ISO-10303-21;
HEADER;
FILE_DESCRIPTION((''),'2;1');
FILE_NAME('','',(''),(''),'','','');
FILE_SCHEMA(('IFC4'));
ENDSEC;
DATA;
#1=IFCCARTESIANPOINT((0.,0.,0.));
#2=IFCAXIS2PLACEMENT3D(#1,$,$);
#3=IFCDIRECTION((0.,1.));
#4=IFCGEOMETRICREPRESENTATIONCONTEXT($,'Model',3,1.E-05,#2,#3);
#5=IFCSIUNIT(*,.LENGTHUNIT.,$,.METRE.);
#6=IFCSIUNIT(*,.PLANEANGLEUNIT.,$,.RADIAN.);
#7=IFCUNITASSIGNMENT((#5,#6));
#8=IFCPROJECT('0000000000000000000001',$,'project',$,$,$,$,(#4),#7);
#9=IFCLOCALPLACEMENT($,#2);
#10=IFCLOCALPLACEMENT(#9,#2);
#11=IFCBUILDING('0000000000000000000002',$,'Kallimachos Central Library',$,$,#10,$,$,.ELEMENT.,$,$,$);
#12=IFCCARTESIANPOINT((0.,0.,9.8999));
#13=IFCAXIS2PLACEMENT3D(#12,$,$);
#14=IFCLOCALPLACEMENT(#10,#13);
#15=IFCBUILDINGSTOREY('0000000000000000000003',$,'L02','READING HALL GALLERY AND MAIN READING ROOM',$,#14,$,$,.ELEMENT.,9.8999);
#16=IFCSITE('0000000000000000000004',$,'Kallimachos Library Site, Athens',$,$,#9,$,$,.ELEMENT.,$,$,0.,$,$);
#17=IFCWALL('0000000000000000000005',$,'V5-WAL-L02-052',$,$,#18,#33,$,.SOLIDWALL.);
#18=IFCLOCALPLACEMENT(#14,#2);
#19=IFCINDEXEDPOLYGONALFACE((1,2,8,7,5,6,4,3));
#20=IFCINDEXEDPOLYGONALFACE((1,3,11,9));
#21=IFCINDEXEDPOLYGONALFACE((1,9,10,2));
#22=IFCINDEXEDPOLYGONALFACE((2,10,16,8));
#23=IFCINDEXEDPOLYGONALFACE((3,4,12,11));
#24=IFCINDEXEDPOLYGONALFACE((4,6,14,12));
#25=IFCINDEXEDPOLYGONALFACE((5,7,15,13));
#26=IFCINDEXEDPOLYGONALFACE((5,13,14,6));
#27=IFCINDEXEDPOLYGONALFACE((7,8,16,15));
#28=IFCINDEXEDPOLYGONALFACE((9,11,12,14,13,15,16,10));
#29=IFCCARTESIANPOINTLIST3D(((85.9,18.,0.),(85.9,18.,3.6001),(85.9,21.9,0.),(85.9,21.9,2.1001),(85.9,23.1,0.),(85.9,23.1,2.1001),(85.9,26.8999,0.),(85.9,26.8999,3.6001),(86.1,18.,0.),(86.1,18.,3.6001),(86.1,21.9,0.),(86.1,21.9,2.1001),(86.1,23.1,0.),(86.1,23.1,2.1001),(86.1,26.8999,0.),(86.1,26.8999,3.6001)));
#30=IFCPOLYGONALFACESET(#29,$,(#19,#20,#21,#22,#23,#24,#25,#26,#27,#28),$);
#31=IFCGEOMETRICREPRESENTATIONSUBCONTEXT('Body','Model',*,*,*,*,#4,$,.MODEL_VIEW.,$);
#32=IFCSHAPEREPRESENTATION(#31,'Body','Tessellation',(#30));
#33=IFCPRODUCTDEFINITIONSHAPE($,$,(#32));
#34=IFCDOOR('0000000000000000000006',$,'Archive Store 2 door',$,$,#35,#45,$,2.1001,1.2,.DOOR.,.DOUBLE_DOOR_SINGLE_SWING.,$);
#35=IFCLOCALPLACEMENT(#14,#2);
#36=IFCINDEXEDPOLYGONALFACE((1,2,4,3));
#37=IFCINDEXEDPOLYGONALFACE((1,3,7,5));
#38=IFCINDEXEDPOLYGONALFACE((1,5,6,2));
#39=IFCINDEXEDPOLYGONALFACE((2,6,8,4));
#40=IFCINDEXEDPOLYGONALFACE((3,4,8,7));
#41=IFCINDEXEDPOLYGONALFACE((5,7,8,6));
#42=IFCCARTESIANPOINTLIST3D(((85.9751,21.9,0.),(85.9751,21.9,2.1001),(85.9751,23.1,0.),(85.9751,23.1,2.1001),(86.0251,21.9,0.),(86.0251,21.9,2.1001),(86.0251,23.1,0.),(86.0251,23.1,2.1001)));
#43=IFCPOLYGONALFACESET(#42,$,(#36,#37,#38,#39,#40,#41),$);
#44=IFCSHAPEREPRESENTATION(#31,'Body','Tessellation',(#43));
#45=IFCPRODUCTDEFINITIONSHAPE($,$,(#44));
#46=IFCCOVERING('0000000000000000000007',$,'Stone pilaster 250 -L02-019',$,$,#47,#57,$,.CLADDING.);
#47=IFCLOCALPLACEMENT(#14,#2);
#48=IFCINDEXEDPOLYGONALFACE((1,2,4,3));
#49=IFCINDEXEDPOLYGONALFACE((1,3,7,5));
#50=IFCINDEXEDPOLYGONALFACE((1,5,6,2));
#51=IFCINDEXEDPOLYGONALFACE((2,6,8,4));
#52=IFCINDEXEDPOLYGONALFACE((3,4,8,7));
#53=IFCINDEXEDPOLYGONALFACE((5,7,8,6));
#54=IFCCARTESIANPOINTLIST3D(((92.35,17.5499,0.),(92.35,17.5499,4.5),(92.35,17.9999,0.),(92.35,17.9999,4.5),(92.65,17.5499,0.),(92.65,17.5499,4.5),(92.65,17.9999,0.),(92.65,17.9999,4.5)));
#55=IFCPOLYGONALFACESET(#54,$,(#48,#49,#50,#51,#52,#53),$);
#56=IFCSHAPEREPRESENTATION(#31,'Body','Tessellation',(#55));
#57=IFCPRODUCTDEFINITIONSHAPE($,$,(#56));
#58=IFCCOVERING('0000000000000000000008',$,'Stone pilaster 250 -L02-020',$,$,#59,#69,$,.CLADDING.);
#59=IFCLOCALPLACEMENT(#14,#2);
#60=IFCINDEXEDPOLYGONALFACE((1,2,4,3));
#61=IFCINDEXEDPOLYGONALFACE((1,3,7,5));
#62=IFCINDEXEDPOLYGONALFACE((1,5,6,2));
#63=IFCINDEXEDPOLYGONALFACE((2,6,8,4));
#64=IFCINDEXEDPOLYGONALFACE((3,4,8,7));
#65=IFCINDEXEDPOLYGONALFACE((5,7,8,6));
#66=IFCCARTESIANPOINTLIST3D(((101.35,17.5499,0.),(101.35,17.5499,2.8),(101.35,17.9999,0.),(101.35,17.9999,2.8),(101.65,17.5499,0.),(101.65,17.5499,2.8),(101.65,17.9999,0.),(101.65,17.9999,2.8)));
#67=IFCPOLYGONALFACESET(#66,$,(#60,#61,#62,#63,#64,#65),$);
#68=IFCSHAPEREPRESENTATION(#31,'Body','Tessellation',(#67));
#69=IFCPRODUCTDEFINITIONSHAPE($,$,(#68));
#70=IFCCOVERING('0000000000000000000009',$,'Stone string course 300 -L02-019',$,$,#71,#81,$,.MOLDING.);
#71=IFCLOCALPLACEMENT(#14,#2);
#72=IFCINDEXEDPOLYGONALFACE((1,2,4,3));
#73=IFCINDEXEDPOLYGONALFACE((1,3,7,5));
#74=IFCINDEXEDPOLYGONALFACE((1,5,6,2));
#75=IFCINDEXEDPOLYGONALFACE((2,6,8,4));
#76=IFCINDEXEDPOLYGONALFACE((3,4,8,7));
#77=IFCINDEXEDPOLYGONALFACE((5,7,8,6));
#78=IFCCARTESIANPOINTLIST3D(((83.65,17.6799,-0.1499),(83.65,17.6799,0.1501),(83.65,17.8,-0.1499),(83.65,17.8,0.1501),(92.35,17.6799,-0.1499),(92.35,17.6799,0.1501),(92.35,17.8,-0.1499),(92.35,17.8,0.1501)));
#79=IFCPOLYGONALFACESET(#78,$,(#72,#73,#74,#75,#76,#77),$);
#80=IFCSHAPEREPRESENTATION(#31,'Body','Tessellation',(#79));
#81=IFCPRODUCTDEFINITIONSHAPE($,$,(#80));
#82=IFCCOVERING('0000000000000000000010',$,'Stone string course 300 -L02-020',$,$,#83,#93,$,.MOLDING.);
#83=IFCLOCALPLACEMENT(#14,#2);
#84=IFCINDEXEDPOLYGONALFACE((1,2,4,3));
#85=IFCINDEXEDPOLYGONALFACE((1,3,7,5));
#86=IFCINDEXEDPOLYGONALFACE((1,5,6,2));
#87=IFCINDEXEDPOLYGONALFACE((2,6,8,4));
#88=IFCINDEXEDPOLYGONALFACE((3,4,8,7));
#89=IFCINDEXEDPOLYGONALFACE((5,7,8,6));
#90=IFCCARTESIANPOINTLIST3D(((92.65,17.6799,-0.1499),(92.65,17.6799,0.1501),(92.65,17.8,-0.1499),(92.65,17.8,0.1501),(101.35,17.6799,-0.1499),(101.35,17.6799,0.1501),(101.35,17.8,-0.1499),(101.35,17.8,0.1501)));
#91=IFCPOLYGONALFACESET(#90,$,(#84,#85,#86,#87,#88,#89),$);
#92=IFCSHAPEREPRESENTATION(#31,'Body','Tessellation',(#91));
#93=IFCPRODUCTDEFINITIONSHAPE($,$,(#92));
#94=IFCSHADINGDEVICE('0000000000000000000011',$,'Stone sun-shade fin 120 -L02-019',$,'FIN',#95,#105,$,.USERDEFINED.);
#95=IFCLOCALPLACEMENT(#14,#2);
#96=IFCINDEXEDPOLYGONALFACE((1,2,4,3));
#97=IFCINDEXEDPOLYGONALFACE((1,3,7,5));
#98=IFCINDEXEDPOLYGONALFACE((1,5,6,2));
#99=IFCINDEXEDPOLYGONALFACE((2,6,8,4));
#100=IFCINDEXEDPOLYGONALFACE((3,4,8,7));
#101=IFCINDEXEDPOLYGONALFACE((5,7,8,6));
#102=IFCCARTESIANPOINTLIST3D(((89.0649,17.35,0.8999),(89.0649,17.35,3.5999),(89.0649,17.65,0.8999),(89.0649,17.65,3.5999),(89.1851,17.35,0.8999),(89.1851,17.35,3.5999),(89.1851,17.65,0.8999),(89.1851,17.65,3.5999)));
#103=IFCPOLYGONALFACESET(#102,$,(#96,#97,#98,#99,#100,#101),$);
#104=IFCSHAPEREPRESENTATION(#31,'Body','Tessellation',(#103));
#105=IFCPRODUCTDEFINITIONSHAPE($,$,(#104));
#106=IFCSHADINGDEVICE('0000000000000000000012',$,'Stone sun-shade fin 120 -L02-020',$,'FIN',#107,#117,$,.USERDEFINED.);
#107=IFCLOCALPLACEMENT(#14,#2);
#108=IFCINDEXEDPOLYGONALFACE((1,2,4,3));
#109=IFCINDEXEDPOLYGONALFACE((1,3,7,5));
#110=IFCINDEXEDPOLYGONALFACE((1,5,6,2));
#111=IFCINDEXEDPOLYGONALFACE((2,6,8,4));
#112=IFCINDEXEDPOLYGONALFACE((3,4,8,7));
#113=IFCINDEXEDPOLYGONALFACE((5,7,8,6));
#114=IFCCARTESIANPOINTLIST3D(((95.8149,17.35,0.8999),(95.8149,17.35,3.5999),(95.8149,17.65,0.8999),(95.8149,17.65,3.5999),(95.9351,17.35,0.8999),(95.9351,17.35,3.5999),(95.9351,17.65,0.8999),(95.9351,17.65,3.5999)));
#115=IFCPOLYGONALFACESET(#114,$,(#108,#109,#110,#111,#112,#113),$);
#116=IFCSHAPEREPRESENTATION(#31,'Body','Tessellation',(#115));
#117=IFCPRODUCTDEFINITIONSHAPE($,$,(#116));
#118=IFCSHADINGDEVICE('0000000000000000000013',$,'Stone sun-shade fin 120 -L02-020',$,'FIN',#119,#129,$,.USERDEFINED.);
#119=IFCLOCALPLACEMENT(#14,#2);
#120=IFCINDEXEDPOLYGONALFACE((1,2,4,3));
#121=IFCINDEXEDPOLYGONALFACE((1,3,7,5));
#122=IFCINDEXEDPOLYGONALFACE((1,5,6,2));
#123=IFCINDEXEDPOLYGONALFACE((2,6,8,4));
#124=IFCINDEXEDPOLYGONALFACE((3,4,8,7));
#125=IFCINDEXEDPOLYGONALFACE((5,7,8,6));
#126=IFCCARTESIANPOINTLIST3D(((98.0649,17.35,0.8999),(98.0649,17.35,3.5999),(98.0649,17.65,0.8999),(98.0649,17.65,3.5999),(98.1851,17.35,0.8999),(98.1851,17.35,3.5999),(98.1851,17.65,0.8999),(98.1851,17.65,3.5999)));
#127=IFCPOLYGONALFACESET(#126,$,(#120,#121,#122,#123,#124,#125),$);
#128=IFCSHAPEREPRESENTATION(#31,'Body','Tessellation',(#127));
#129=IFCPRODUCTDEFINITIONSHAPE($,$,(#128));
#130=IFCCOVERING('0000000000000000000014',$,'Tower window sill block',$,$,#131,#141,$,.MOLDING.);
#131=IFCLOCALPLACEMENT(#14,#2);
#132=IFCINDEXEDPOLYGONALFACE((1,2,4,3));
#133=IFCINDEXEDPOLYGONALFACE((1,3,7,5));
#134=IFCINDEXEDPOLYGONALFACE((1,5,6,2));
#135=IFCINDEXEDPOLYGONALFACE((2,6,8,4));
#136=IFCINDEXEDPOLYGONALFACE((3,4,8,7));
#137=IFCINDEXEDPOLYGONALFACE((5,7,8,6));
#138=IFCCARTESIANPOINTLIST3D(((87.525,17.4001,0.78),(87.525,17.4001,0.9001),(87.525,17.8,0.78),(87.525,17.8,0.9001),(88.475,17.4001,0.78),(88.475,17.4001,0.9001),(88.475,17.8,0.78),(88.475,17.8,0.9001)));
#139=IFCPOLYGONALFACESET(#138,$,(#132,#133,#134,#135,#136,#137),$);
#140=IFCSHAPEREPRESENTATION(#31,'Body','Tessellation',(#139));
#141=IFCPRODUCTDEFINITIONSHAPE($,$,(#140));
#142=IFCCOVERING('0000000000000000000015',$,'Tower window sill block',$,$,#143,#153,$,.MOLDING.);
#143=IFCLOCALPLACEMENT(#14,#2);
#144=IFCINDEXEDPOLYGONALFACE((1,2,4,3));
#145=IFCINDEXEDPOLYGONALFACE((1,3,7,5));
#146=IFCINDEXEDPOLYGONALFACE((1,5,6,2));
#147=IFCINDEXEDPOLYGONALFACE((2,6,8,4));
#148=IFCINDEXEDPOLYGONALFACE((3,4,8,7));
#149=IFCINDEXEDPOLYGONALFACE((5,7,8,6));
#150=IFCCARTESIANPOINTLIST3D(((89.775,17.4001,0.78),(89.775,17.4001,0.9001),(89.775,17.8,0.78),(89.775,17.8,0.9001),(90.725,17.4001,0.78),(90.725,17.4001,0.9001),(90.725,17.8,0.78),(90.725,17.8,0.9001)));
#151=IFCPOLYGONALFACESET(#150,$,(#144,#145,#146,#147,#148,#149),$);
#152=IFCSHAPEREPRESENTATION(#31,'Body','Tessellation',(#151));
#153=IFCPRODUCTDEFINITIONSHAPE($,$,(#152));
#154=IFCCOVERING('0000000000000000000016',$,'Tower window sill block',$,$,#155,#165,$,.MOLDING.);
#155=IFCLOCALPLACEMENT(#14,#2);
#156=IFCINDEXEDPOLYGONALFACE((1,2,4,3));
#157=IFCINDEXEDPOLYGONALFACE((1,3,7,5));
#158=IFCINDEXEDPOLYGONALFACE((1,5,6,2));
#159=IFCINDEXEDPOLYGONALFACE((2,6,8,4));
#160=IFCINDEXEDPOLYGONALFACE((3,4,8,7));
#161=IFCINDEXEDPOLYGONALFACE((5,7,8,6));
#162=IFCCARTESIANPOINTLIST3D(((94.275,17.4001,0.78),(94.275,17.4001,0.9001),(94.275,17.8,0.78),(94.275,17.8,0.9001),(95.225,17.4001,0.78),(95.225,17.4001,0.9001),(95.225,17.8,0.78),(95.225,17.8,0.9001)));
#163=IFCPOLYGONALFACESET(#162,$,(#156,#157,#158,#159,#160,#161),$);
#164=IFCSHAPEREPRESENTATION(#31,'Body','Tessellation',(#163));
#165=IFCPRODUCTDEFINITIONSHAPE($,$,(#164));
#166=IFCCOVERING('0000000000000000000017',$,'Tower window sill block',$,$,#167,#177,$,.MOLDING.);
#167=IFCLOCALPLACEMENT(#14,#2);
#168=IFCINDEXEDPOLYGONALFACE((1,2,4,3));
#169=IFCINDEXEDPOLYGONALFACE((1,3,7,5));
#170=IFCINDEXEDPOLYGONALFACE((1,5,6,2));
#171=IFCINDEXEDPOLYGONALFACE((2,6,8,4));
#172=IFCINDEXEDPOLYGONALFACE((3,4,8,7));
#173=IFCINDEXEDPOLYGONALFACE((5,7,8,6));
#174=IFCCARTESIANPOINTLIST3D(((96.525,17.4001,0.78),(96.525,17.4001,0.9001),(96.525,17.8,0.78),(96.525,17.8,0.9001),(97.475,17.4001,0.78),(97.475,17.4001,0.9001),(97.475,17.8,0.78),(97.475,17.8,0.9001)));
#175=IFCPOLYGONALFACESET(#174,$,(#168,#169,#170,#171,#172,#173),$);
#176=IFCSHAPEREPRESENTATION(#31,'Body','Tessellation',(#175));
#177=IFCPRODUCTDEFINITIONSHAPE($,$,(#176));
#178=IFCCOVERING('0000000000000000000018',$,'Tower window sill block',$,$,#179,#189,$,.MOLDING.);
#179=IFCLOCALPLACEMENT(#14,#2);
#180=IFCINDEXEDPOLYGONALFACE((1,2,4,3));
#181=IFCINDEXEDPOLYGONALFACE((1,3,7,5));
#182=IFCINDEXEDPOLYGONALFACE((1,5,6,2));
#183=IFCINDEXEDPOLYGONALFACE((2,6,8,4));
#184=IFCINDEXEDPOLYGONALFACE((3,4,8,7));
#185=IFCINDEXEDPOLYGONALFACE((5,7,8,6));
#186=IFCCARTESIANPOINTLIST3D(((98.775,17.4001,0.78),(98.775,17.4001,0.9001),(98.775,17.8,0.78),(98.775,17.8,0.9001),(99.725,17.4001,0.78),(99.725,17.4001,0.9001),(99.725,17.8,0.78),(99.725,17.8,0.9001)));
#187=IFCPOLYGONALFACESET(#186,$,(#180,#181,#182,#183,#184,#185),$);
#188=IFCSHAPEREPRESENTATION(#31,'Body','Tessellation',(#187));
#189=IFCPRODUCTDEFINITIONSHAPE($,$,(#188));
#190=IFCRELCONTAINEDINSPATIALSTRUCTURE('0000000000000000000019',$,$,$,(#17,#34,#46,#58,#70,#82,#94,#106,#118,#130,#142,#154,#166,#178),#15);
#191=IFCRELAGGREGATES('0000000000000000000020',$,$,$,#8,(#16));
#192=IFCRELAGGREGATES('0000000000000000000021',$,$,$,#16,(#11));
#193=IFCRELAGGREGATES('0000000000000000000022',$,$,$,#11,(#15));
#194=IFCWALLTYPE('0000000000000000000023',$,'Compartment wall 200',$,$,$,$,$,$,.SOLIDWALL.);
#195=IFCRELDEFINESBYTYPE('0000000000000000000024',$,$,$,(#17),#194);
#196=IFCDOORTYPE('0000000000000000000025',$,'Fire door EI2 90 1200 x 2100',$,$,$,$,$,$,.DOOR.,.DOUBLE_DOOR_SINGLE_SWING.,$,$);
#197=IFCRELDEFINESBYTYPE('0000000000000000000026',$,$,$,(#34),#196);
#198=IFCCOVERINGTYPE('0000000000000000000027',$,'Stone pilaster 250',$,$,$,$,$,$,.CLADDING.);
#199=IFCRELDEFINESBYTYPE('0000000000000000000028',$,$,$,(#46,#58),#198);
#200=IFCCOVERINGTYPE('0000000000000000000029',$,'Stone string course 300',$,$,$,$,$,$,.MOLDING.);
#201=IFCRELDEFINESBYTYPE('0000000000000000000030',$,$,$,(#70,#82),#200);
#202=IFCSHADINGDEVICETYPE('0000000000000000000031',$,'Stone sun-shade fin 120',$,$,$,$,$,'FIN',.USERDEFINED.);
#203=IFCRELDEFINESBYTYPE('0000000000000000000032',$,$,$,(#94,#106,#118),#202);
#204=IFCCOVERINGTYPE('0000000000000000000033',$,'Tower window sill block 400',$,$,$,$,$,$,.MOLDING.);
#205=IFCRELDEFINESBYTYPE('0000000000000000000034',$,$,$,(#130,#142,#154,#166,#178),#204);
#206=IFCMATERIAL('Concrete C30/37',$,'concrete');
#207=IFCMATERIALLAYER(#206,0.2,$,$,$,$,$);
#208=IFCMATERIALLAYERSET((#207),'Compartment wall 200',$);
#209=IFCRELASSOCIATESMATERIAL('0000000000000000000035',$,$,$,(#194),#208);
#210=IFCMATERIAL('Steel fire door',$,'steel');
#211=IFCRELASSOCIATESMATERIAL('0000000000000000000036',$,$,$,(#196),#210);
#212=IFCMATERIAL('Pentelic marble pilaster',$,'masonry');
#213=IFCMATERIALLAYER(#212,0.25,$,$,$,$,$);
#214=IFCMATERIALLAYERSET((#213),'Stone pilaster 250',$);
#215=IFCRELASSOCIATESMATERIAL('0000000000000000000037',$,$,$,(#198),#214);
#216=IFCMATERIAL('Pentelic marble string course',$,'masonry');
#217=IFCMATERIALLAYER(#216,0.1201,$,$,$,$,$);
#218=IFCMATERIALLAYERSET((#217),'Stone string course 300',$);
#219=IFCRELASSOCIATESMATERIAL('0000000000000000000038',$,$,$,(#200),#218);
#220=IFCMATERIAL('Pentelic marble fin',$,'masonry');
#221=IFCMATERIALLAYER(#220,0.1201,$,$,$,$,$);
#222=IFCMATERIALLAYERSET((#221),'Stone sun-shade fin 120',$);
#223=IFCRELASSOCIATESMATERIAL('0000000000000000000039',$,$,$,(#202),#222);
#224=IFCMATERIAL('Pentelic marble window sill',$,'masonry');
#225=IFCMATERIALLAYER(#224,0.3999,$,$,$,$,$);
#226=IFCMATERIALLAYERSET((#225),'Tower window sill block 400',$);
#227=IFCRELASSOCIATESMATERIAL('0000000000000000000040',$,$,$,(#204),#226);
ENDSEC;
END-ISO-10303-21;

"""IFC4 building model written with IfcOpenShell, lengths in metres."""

from ifc_helpers import new_model, si_unit, direction, frame, frame_2d, origin, origin_2d, place, context, subcontext, project, spatial, rectangle, extrude, material, layer, layer_set, type_object, element, fill, save


model = new_model("IFC4")

# Units and contexts
model_context = context("Model", 3, precision=1e-05, world=origin(), true_north=direction((0.0, 1.0)))
body_context = subcontext(model_context, "Body", "Model", "MODEL_VIEW")
ifc_project = project(units=[si_unit("LENGTHUNIT", "METRE"), si_unit("PLANEANGLEUNIT", "RADIAN")], contexts=[model_context])

# Site, building, storey
site_placement = place(None, origin())
site = spatial("IfcSite", under=ifc_project, at=site_placement, Name="Kallimachos Library Site, Athens", CompositionType="ELEMENT", RefElevation=0.0)
building_placement = place(site_placement, origin())
building = spatial("IfcBuilding", under=site, at=building_placement, Name="Kallimachos Central Library", CompositionType="ELEMENT")
storey_placement = place(building_placement, frame((0.0, 0.0, 9.8999)))
storey = spatial("IfcBuildingStorey", under=building, at=storey_placement, Name="L02", Description="READING HALL GALLERY AND MAIN READING ROOM", CompositionType="ELEMENT", Elevation=9.8999)

# Wall, opening, door
ifc_material_1 = material(Name="Concrete C30/37", Category="concrete")
ifc_layer_1 = layer(ifc_material_1, 0.2)
ifc_layer_set_1 = layer_set([ifc_layer_1], Name="Compartment wall 200")
wall_type = type_object("IfcWallType", Name="Compartment wall 200", PredefinedType="SOLIDWALL", material=ifc_layer_set_1)
wall_placement = place(storey_placement, frame((86.0, 18.0, 0.0), z_axis=(0.0, 0.0, 1.0), x_axis=(0.0, 1.0, 0.0)))
wall = element("IfcWall", 1, at=wall_placement, inside=storey, type_object=wall_type, Name="V5-WAL-L02-052", PredefinedType="SOLIDWALL", context=body_context, shape_type="SweptSolid", body=[
    extrude(rectangle(XDim=8.8999, YDim=0.2, at=frame_2d((4.45, 0.0))), origin(), (0.0, 0.0, 1.0), 3.6001),
])
opening_placement = place(wall_placement, frame((3.8999, 0.0, 0.0)))
opening = element("IfcOpeningElement", 2, at=opening_placement, cuts=wall, PredefinedType="OPENING", context=body_context, shape_type="SweptSolid", body=[
    extrude(rectangle(XDim=1.2, YDim=2.1001, at=frame_2d((0.6001, 1.05))), frame((0.0, 0.1099, 0.0), z_axis=(0.0, -1.0, 0.0), x_axis=(1.0, 0.0, 0.0)), (0.0, 0.0, 1.0), 0.22),
])
ifc_material_2 = material(Name="Steel fire door", Category="steel")
door_type = type_object("IfcDoorType", Name="Fire door EI2 90 1200 x 2100", OperationType="DOUBLE_DOOR_SINGLE_SWING", PredefinedType="DOOR", material=ifc_material_2)
door_placement = place(opening_placement, origin())
door = element("IfcDoor", 3, at=door_placement, inside=storey, type_object=door_type, Name="Archive Store 2 door", OperationType="DOUBLE_DOOR_SINGLE_SWING", OverallHeight=2.1001, OverallWidth=1.2, PredefinedType="DOOR", context=body_context, shape_type="SweptSolid", body=[
    extrude(rectangle(XDim=1.2, YDim=2.1001, at=frame_2d((0.6001, 1.05))), frame((0.0, 0.0249, 0.0), z_axis=(0.0, -1.0, 0.0), x_axis=(1.0, 0.0, 0.0)), (0.0, 0.0, 1.0), 0.05),
])
fill(opening, door)

# Coverings
ifc_material_3 = material(Name="Pentelic marble pilaster", Category="masonry")
ifc_layer_2 = layer(ifc_material_3, 0.25)
ifc_layer_set_2 = layer_set([ifc_layer_2], Name="Stone pilaster 250")
covering_type_1 = type_object("IfcCoveringType", Name="Stone pilaster 250", PredefinedType="CLADDING", material=ifc_layer_set_2)
covering_1_placement = place(storey_placement, frame((92.5, 17.7749, 0.0), z_axis=(0.0, 0.0, 1.0), x_axis=(1.0, 0.0, 0.0)))
element("IfcCovering", 4, at=covering_1_placement, inside=storey, type_object=covering_type_1, Name="Stone pilaster 250 -L02-019", PredefinedType="CLADDING", context=body_context, shape_type="SweptSolid", body=[
    extrude(rectangle(XDim=0.3, YDim=0.45, at=origin_2d()), origin(), (0.0, 0.0, 1.0), 4.5),
])
covering_2_placement = place(storey_placement, frame((101.5, 17.7749, 0.0), z_axis=(0.0, 0.0, 1.0), x_axis=(1.0, 0.0, 0.0)))
element("IfcCovering", 5, at=covering_2_placement, inside=storey, type_object=covering_type_1, Name="Stone pilaster 250 -L02-020", PredefinedType="CLADDING", context=body_context, shape_type="SweptSolid", body=[
    extrude(rectangle(XDim=0.3, YDim=0.45, at=origin_2d()), origin(), (0.0, 0.0, 1.0), 2.8),
])
ifc_material_4 = material(Name="Pentelic marble string course", Category="masonry")
ifc_layer_3 = layer(ifc_material_4, 0.1201)
ifc_layer_set_3 = layer_set([ifc_layer_3], Name="Stone string course 300")
covering_type_2 = type_object("IfcCoveringType", Name="Stone string course 300", PredefinedType="MOLDING", material=ifc_layer_set_3)
for number, where, z_axis, x_axis, name in (
    (6, (88.0, 17.74, -0.1499), (0.0, 0.0, 1.0), (1.0, 0.0, 0.0), "Stone string course 300 -L02-019"),
    (7, (97.0, 17.74, -0.1499), (0.0, 0.0, 1.0), (1.0, 0.0, 0.0), "Stone string course 300 -L02-020"),
):
    element("IfcCovering", number, at=place(storey_placement, frame(where, z_axis=z_axis, x_axis=x_axis)), inside=storey, type_object=covering_type_2, Name=name, PredefinedType="MOLDING", context=body_context, shape_type="SweptSolid", body=[
        extrude(rectangle(XDim=8.7, YDim=0.1201, at=origin_2d()), origin(), (0.0, 0.0, 1.0), 0.3),
    ])

# Shading devices
ifc_material_5 = material(Name="Pentelic marble fin", Category="masonry")
ifc_layer_4 = layer(ifc_material_5, 0.1201)
ifc_layer_set_4 = layer_set([ifc_layer_4], Name="Stone sun-shade fin 120")
shading_device_type = type_object("IfcShadingDeviceType", Name="Stone sun-shade fin 120", ElementType="FIN", PredefinedType="USERDEFINED", material=ifc_layer_set_4)
for number, where, z_axis, x_axis, name in (
    (8, (89.125, 17.5, 0.8999), (0.0, 0.0, 1.0), (1.0, 0.0, 0.0), "Stone sun-shade fin 120 -L02-019"),
    (9, (95.875, 17.5, 0.8999), (0.0, 0.0, 1.0), (1.0, 0.0, 0.0), "Stone sun-shade fin 120 -L02-020"),
    (10, (98.125, 17.5, 0.8999), (0.0, 0.0, 1.0), (1.0, 0.0, 0.0), "Stone sun-shade fin 120 -L02-020"),
):
    element("IfcShadingDevice", number, at=place(storey_placement, frame(where, z_axis=z_axis, x_axis=x_axis)), inside=storey, type_object=shading_device_type, Name=name, ObjectType="FIN", PredefinedType="USERDEFINED", context=body_context, shape_type="SweptSolid", body=[
        extrude(rectangle(XDim=0.1201, YDim=0.3, at=origin_2d()), origin(), (0.0, 0.0, 1.0), 2.7),
    ])

# Coverings
ifc_material_6 = material(Name="Pentelic marble window sill", Category="masonry")
ifc_layer_5 = layer(ifc_material_6, 0.3999)
ifc_layer_set_5 = layer_set([ifc_layer_5], Name="Tower window sill block 400")
covering_type_3 = type_object("IfcCoveringType", Name="Tower window sill block 400", PredefinedType="MOLDING", material=ifc_layer_set_5)
for number, where, z_axis, x_axis, name in (
    (11, (88.0, 17.6001, 0.78), (0.0, 0.0, 1.0), (1.0, 0.0, 0.0), "Tower window sill block"),
    (12, (90.25, 17.6001, 0.78), (0.0, 0.0, 1.0), (1.0, 0.0, 0.0), "Tower window sill block"),
    (13, (94.75, 17.6001, 0.78), (0.0, 0.0, 1.0), (1.0, 0.0, 0.0), "Tower window sill block"),
    (14, (97.0, 17.6001, 0.78), (0.0, 0.0, 1.0), (1.0, 0.0, 0.0), "Tower window sill block"),
    (15, (99.25, 17.6001, 0.78), (0.0, 0.0, 1.0), (1.0, 0.0, 0.0), "Tower window sill block"),
):
    element("IfcCovering", number, at=place(storey_placement, frame(where, z_axis=z_axis, x_axis=x_axis)), inside=storey, type_object=covering_type_3, Name=name, PredefinedType="MOLDING", context=body_context, shape_type="SweptSolid", body=[
        extrude(rectangle(XDim=0.95, YDim=0.3999, at=origin_2d()), origin(), (0.0, 0.0, 1.0), 0.1201),
    ])

save(model, "model.ifc")
